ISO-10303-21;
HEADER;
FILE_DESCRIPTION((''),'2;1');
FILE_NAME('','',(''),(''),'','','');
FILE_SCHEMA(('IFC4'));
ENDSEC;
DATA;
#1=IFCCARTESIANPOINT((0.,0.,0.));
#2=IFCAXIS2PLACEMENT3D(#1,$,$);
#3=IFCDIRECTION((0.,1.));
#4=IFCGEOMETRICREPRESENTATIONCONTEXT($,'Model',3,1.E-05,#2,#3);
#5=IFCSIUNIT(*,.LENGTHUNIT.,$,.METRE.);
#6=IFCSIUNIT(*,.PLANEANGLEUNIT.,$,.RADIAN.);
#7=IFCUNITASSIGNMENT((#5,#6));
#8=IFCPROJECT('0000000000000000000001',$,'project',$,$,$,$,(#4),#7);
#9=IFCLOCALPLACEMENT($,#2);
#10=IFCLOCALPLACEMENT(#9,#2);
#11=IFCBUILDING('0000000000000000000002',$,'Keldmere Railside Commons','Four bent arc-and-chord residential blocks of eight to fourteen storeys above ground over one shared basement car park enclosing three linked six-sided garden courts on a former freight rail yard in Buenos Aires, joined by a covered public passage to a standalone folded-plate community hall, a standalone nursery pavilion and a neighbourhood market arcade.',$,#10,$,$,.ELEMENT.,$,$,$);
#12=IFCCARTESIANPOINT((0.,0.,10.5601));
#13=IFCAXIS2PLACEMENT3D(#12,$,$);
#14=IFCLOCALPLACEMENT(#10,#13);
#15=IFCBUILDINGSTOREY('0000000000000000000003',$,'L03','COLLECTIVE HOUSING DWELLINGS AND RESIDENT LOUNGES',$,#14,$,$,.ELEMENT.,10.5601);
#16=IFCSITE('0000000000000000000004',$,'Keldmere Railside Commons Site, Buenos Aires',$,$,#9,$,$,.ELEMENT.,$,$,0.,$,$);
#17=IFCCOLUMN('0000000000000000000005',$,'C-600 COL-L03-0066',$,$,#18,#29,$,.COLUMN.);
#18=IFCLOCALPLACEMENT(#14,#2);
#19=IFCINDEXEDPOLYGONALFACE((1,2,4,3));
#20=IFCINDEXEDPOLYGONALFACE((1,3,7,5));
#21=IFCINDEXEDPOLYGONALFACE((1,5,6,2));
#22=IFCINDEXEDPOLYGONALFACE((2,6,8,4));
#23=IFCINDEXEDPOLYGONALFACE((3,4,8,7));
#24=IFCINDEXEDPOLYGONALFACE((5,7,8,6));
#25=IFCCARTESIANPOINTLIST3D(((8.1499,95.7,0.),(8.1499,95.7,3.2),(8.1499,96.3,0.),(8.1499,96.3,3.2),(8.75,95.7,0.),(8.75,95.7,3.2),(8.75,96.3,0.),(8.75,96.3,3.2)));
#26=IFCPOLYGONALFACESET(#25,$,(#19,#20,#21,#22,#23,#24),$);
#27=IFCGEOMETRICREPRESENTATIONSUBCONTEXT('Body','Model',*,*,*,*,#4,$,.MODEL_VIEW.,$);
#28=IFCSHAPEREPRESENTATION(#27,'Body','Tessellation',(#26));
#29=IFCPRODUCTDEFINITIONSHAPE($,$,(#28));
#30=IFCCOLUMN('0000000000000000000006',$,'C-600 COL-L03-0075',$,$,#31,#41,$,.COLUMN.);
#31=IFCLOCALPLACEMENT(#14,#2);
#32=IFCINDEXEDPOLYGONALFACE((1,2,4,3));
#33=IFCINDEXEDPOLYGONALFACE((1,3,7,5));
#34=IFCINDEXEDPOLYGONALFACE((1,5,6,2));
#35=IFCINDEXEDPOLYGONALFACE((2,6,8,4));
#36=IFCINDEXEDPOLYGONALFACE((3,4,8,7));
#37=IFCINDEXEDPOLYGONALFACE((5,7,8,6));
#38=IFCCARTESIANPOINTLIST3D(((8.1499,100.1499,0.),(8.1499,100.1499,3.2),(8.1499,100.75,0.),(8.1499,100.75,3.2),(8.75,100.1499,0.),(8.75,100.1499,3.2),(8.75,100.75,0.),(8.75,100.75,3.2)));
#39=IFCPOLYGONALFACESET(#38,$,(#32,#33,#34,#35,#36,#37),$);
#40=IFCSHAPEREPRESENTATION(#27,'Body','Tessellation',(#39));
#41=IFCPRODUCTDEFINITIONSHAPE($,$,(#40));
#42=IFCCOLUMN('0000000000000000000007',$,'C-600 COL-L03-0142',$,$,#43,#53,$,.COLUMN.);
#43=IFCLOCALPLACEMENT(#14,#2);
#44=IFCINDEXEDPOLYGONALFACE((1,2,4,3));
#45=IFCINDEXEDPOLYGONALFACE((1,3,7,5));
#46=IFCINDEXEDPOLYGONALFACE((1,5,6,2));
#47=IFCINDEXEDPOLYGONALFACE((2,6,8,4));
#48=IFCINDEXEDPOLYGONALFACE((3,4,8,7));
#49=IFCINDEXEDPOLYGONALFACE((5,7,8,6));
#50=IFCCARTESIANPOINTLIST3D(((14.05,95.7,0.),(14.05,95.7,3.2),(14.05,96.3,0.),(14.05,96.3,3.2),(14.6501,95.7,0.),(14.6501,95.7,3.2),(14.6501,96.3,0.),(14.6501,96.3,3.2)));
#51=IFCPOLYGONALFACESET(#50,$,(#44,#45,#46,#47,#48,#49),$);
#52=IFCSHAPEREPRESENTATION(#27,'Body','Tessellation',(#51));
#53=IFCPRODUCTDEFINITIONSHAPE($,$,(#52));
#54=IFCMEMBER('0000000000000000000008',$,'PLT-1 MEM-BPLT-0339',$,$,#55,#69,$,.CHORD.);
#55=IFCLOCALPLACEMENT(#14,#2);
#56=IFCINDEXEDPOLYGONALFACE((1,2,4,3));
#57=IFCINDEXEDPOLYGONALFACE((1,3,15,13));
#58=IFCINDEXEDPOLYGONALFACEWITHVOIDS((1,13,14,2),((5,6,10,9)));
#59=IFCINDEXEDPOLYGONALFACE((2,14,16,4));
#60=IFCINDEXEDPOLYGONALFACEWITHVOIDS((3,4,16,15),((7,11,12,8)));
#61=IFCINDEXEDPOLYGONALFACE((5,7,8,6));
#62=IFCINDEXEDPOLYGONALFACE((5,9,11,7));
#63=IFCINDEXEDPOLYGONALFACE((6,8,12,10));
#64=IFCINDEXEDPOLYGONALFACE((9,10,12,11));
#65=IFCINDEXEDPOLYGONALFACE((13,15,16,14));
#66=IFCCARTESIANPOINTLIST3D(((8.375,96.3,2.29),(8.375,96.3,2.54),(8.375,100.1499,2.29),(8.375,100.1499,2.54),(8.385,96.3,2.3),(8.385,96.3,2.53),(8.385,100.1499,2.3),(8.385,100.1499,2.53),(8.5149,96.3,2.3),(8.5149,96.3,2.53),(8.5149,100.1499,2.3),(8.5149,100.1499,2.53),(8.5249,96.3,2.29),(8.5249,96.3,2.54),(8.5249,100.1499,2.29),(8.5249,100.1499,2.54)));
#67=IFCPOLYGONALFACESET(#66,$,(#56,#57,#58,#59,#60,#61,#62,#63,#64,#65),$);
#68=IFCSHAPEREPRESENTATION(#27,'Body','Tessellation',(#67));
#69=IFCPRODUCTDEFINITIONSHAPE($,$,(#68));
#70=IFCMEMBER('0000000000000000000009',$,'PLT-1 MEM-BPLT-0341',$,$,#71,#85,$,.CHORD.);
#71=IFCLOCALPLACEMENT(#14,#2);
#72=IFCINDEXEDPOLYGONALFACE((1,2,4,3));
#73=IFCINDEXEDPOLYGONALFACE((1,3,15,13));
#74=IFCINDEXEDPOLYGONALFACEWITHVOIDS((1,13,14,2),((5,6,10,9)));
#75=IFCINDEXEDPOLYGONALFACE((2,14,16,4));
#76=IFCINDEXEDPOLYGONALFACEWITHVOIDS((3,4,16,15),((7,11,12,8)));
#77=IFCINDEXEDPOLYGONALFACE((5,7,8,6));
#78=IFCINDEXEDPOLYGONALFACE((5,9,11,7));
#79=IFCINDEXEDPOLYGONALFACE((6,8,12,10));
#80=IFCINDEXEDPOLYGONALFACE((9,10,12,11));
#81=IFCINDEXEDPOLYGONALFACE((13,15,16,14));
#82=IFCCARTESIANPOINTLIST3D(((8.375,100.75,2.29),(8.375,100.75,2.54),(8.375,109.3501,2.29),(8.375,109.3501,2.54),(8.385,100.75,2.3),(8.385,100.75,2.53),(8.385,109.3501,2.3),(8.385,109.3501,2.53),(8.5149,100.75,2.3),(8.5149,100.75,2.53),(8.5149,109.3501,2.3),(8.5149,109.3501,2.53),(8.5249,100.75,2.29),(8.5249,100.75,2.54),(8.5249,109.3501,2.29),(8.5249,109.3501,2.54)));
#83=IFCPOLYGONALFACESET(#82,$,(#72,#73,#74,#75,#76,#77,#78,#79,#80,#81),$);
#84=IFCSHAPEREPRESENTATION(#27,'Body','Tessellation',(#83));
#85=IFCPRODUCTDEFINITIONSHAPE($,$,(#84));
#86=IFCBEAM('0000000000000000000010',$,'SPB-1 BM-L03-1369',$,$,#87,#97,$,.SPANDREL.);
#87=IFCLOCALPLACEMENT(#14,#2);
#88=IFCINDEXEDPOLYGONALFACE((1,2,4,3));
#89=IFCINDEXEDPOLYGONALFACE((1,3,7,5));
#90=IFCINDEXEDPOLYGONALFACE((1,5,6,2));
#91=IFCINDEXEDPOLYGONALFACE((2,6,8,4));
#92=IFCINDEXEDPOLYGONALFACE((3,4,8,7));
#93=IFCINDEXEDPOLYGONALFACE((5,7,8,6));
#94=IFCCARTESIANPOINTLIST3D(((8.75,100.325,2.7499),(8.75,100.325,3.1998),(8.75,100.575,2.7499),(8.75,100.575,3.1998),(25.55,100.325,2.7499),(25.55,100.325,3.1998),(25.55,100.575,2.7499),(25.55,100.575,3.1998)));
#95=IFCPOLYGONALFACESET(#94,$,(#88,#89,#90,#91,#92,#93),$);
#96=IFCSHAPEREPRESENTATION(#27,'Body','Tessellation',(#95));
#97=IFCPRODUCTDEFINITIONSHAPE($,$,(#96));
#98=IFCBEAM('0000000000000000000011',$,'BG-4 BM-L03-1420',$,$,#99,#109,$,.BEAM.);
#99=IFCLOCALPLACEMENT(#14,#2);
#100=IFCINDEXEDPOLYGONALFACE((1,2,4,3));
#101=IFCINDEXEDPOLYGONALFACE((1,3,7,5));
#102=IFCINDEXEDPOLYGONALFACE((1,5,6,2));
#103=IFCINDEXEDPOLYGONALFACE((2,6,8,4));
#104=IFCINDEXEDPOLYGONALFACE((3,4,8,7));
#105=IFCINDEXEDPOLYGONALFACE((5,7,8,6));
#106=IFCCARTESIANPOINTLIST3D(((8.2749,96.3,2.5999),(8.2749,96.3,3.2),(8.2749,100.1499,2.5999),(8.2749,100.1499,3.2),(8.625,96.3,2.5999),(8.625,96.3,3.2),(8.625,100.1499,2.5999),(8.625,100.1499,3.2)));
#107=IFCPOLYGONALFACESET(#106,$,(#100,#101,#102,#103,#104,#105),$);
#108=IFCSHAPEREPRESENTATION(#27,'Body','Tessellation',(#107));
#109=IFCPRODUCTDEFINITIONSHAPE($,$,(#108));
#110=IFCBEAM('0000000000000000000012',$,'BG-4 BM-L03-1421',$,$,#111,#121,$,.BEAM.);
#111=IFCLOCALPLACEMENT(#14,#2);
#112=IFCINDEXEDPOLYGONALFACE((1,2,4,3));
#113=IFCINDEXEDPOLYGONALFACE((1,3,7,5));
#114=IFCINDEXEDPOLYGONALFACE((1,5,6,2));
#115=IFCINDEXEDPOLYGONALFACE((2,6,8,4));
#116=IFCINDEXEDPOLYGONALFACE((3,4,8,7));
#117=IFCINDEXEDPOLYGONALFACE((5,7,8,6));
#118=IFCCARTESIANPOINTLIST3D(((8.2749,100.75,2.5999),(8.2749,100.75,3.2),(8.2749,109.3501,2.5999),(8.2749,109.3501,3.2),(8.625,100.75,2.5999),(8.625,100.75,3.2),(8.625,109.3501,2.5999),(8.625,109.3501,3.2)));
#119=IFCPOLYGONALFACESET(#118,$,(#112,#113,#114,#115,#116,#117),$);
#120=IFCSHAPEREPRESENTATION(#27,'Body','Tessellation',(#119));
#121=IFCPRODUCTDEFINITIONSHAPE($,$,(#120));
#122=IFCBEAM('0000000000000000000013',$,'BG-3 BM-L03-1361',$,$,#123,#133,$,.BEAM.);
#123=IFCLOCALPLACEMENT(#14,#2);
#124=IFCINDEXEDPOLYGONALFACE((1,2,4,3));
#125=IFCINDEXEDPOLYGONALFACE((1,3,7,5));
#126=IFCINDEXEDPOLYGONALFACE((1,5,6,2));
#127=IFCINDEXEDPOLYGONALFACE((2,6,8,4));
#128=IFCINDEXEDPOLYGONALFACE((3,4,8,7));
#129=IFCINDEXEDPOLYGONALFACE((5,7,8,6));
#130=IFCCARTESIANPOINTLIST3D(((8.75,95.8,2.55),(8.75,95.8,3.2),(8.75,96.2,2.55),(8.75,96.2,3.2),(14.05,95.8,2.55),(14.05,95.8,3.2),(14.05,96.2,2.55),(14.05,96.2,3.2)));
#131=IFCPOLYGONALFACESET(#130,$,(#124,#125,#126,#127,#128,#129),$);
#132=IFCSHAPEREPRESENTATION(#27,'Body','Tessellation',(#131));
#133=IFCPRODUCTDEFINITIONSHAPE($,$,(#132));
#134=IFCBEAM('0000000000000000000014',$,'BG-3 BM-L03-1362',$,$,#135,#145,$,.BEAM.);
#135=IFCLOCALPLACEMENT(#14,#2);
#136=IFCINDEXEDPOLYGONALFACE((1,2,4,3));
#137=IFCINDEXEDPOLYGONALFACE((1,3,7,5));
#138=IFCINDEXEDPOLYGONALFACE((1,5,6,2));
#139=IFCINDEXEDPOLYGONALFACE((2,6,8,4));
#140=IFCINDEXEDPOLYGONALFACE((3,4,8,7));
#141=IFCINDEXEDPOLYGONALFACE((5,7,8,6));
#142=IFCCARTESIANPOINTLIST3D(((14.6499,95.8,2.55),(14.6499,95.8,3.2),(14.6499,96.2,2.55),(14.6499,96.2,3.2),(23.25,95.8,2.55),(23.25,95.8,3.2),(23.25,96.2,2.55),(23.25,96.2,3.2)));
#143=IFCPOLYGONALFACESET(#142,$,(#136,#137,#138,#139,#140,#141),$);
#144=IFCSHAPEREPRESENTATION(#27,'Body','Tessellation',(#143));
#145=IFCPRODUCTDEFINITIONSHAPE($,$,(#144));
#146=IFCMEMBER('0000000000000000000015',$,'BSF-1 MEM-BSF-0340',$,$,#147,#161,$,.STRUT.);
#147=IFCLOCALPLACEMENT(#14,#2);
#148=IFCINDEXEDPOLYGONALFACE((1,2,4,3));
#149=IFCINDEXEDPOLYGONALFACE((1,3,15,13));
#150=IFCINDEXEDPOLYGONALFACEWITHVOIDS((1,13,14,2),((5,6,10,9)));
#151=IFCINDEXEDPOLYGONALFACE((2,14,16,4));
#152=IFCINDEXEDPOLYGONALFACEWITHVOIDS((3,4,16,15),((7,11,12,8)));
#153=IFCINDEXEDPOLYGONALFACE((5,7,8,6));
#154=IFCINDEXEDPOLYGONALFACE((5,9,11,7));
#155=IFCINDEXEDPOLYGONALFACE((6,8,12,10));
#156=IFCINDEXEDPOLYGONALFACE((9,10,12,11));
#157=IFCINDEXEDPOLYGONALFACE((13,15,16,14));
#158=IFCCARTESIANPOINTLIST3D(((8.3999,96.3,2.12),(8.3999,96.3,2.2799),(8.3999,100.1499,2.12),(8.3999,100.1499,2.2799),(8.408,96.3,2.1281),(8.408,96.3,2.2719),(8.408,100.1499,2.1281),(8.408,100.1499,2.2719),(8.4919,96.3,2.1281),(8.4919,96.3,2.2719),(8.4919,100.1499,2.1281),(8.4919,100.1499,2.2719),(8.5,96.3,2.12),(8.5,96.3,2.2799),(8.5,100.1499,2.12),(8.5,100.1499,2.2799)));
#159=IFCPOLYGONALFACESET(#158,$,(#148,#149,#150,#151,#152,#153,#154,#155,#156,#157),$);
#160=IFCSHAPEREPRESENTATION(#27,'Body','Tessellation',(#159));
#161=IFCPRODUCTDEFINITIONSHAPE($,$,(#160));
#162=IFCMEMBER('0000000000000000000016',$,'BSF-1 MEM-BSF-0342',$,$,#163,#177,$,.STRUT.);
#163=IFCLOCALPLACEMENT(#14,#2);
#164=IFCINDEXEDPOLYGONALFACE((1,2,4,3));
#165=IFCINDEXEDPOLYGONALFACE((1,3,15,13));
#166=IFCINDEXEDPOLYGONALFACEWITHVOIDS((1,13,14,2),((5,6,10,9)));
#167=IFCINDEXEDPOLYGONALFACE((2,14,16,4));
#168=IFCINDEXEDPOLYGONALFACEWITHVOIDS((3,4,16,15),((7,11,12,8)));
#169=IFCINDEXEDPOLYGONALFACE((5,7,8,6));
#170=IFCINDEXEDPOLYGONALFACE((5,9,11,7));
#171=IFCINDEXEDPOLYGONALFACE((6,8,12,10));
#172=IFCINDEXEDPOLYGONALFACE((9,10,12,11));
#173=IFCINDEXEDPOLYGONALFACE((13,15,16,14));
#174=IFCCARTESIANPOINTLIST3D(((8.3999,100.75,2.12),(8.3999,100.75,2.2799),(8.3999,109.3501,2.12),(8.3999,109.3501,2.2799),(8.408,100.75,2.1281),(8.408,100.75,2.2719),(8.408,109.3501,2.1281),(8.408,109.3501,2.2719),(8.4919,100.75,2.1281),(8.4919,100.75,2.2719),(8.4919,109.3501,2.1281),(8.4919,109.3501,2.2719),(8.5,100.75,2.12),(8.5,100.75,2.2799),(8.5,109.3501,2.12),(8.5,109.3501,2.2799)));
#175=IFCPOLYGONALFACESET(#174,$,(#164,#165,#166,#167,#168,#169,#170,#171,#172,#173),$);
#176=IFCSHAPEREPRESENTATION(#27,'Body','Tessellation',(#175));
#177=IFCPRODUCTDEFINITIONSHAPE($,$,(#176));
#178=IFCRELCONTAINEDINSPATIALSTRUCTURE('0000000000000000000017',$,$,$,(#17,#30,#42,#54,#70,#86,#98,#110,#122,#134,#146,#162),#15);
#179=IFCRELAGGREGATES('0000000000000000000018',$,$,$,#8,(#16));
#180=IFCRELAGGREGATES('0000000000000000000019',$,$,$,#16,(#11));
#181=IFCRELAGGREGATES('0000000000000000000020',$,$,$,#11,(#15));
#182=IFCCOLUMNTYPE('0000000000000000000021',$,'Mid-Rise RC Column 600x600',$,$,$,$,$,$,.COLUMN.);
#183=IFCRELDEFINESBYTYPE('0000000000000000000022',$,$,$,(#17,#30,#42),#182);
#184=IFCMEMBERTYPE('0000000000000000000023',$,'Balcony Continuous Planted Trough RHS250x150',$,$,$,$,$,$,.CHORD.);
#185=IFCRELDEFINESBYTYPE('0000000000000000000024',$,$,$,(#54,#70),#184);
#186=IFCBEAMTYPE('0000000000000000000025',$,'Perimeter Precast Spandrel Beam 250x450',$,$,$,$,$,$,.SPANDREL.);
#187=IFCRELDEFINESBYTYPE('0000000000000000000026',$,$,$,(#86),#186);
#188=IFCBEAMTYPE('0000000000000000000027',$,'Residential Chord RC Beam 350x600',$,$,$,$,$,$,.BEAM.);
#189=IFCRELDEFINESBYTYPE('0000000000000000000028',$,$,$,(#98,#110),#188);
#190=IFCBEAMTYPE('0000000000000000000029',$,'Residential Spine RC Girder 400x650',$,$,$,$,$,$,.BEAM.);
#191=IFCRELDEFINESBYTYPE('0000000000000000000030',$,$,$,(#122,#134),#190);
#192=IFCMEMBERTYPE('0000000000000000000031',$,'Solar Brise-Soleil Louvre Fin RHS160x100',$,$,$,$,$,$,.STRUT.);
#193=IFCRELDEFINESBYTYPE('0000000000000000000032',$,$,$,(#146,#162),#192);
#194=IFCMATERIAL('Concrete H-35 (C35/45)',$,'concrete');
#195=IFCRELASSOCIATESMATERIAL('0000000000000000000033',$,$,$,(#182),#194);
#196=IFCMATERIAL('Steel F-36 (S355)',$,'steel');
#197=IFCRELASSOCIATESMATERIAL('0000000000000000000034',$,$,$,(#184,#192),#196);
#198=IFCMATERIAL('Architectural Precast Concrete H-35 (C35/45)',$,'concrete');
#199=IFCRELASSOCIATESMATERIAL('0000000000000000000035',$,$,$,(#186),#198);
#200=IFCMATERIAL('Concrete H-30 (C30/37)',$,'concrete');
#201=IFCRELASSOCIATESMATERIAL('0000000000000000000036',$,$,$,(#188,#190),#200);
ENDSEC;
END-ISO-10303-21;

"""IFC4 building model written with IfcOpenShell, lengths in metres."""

from ifc_helpers import new_model, si_unit, direction, frame, origin, origin_2d, place, context, subcontext, project, spatial, rectangle, hollow_rectangle, extrude, material, material_profile, profile_set, type_object, element, save


model = new_model("IFC4")

# Units and contexts
model_context = context("Model", 3, precision=1e-05, world=origin(), true_north=direction((0.0, 1.0)))
body_context = subcontext(model_context, "Body", "Model", "MODEL_VIEW")
ifc_project = project(units=[si_unit("LENGTHUNIT", "METRE"), si_unit("PLANEANGLEUNIT", "RADIAN")], contexts=[model_context])

# Site, building, storey
site_placement = place(None, origin())
site = spatial("IfcSite", under=ifc_project, at=site_placement, Name="Keldmere Railside Commons Site, Buenos Aires", CompositionType="ELEMENT", RefElevation=0.0)
building_placement = place(site_placement, origin())
building = spatial("IfcBuilding", under=site, at=building_placement, Name="Keldmere Railside Commons", Description="Four bent arc-and-chord residential blocks of eight to fourteen storeys above ground over one shared basement car park enclosing three linked six-sided garden courts on a former freight rail yard in Buenos Aires, joined by a covered public passage to a standalone folded-plate community hall, a standalone nursery pavilion and a neighbourhood market arcade.", CompositionType="ELEMENT")
storey_placement = place(building_placement, frame((0.0, 0.0, 10.5601)))
storey = spatial("IfcBuildingStorey", under=building, at=storey_placement, Name="L03", Description="COLLECTIVE HOUSING DWELLINGS AND RESIDENT LOUNGES", CompositionType="ELEMENT", Elevation=10.5601)

# Columns
ifc_material_1 = material(Name="Concrete H-35 (C35/45)", Category="concrete")
ifc_material_profile_1 = material_profile(ifc_material_1, rectangle(XDim=0.6001, YDim=0.6001, at=origin_2d()), Name="RC-600x600")
ifc_profile_set_1 = profile_set([ifc_material_profile_1], Name="Concrete H-35 (C35/45)")
column_type = type_object("IfcColumnType", Name="Mid-Rise RC Column 600x600", PredefinedType="COLUMN", material=ifc_profile_set_1)
for number, where, z_axis, x_axis, name in (
    (1, (8.45, 96.0, 0.0), (0.0, 0.0, 1.0), (1.0, 0.0, 0.0), "C-600 COL-L03-0066"),
    (2, (8.45, 100.45, 0.0), (0.0, 0.0, 1.0), (1.0, 0.0, 0.0), "C-600 COL-L03-0075"),
    (3, (14.3501, 96.0, 0.0), (0.0, 0.0, 1.0), (1.0, 0.0, 0.0), "C-600 COL-L03-0142"),
):
    element("IfcColumn", number, at=place(storey_placement, frame(where, z_axis=z_axis, x_axis=x_axis)), inside=storey, type_object=column_type, Name=name, PredefinedType="COLUMN", context=body_context, shape_type="SweptSolid", body=[
        extrude(rectangle(XDim=0.6001, YDim=0.6001, at=origin_2d()), origin(), (0.0, 0.0, 1.0), 3.2),
    ])

# Members
ifc_material_2 = material(Name="Steel F-36 (S355)", Category="steel")
ifc_material_profile_2 = material_profile(ifc_material_2, hollow_rectangle(XDim=0.1499, YDim=0.25, WallThickness=0.01, at=origin_2d()), Name="RHS-250x150x10")
ifc_profile_set_2 = profile_set([ifc_material_profile_2], Name="Steel F-36 (S355)")
member_type_1 = type_object("IfcMemberType", Name="Balcony Continuous Planted Trough RHS250x150", PredefinedType="CHORD", material=ifc_profile_set_2)
member_1_placement = place(storey_placement, frame((8.45, 96.3, 2.415), z_axis=(0.0, 1.0, 0.0), x_axis=(-1.0, 0.0, 0.0)))
element("IfcMember", 4, at=member_1_placement, inside=storey, type_object=member_type_1, Name="PLT-1 MEM-BPLT-0339", PredefinedType="CHORD", context=body_context, shape_type="SweptSolid", body=[
    extrude(hollow_rectangle(XDim=0.1499, YDim=0.25, WallThickness=0.01, at=origin_2d()), origin(), (0.0, 0.0, 1.0), 3.8499),
])
member_2_placement = place(storey_placement, frame((8.45, 100.75, 2.415), z_axis=(0.0, 1.0, 0.0), x_axis=(-1.0, 0.0, 0.0)))
element("IfcMember", 5, at=member_2_placement, inside=storey, type_object=member_type_1, Name="PLT-1 MEM-BPLT-0341", PredefinedType="CHORD", context=body_context, shape_type="SweptSolid", body=[
    extrude(hollow_rectangle(XDim=0.1499, YDim=0.25, WallThickness=0.01, at=origin_2d()), origin(), (0.0, 0.0, 1.0), 8.6001),
])

# Beams
ifc_material_3 = material(Name="Architectural Precast Concrete H-35 (C35/45)", Category="concrete")
ifc_material_profile_3 = material_profile(ifc_material_3, rectangle(XDim=0.25, YDim=0.45, at=origin_2d()), Name="RC-250x450")
ifc_profile_set_3 = profile_set([ifc_material_profile_3], Name="Architectural Precast Concrete H-35 (C35/45)")
beam_type_1 = type_object("IfcBeamType", Name="Perimeter Precast Spandrel Beam 250x450", PredefinedType="SPANDREL", material=ifc_profile_set_3)
beam_1_placement = place(storey_placement, frame((8.75, 100.45, 2.9749), z_axis=(1.0, 0.0, 0.0), x_axis=(0.0, 1.0, 0.0)))
element("IfcBeam", 6, at=beam_1_placement, inside=storey, type_object=beam_type_1, Name="SPB-1 BM-L03-1369", PredefinedType="SPANDREL", context=body_context, shape_type="SweptSolid", body=[
    extrude(rectangle(XDim=0.25, YDim=0.45, at=origin_2d()), origin(), (0.0, 0.0, 1.0), 16.8),
])
ifc_material_4 = material(Name="Concrete H-30 (C30/37)", Category="concrete")
ifc_material_profile_4 = material_profile(ifc_material_4, rectangle(XDim=0.3501, YDim=0.6001, at=origin_2d()), Name="RC-350x600")
ifc_profile_set_4 = profile_set([ifc_material_profile_4], Name="Concrete H-30 (C30/37)")
beam_type_2 = type_object("IfcBeamType", Name="Residential Chord RC Beam 350x600", PredefinedType="BEAM", material=ifc_profile_set_4)
beam_2_placement = place(storey_placement, frame((8.45, 96.3, 2.8999), z_axis=(0.0, 1.0, 0.0), x_axis=(-1.0, 0.0, 0.0)))
element("IfcBeam", 7, at=beam_2_placement, inside=storey, type_object=beam_type_2, Name="BG-4 BM-L03-1420", PredefinedType="BEAM", context=body_context, shape_type="SweptSolid", body=[
    extrude(rectangle(XDim=0.3501, YDim=0.6001, at=origin_2d()), origin(), (0.0, 0.0, 1.0), 3.8499),
])
beam_3_placement = place(storey_placement, frame((8.45, 100.75, 2.8999), z_axis=(0.0, 1.0, 0.0), x_axis=(-1.0, 0.0, 0.0)))
element("IfcBeam", 8, at=beam_3_placement, inside=storey, type_object=beam_type_2, Name="BG-4 BM-L03-1421", PredefinedType="BEAM", context=body_context, shape_type="SweptSolid", body=[
    extrude(rectangle(XDim=0.3501, YDim=0.6001, at=origin_2d()), origin(), (0.0, 0.0, 1.0), 8.6001),
])
ifc_material_profile_5 = material_profile(ifc_material_4, rectangle(XDim=0.3999, YDim=0.6499, at=origin_2d()), Name="RC-400x650")
ifc_profile_set_5 = profile_set([ifc_material_profile_5], Name="Concrete H-30 (C30/37)")
beam_type_3 = type_object("IfcBeamType", Name="Residential Spine RC Girder 400x650", PredefinedType="BEAM", material=ifc_profile_set_5)
beam_4_placement = place(storey_placement, frame((8.75, 96.0, 2.875), z_axis=(1.0, 0.0, 0.0), x_axis=(0.0, 1.0, 0.0)))
element("IfcBeam", 9, at=beam_4_placement, inside=storey, type_object=beam_type_3, Name="BG-3 BM-L03-1361", PredefinedType="BEAM", context=body_context, shape_type="SweptSolid", body=[
    extrude(rectangle(XDim=0.3999, YDim=0.6499, at=origin_2d()), origin(), (0.0, 0.0, 1.0), 5.3),
])
beam_5_placement = place(storey_placement, frame((14.6499, 96.0, 2.875), z_axis=(1.0, 0.0, 0.0), x_axis=(0.0, 1.0, 0.0)))
element("IfcBeam", 10, at=beam_5_placement, inside=storey, type_object=beam_type_3, Name="BG-3 BM-L03-1362", PredefinedType="BEAM", context=body_context, shape_type="SweptSolid", body=[
    extrude(rectangle(XDim=0.3999, YDim=0.6499, at=origin_2d()), origin(), (0.0, 0.0, 1.0), 8.6001),
])

# Members
ifc_material_profile_6 = material_profile(ifc_material_2, hollow_rectangle(XDim=0.1001, YDim=0.1599, WallThickness=0.0081, at=origin_2d()), Name="RHS-160x100x8")
ifc_profile_set_6 = profile_set([ifc_material_profile_6], Name="Steel F-36 (S355)")
member_type_2 = type_object("IfcMemberType", Name="Solar Brise-Soleil Louvre Fin RHS160x100", PredefinedType="STRUT", material=ifc_profile_set_6)
member_3_placement = place(storey_placement, frame((8.45, 96.3, 2.2), z_axis=(0.0, 1.0, 0.0), x_axis=(-1.0, 0.0, 0.0)))
element("IfcMember", 11, at=member_3_placement, inside=storey, type_object=member_type_2, Name="BSF-1 MEM-BSF-0340", PredefinedType="STRUT", context=body_context, shape_type="SweptSolid", body=[
    extrude(hollow_rectangle(XDim=0.1001, YDim=0.1599, WallThickness=0.0081, at=origin_2d()), origin(), (0.0, 0.0, 1.0), 3.8499),
])
member_4_placement = place(storey_placement, frame((8.45, 100.75, 2.2), z_axis=(0.0, 1.0, 0.0), x_axis=(-1.0, 0.0, 0.0)))
element("IfcMember", 12, at=member_4_placement, inside=storey, type_object=member_type_2, Name="BSF-1 MEM-BSF-0342", PredefinedType="STRUT", context=body_context, shape_type="SweptSolid", body=[
    extrude(hollow_rectangle(XDim=0.1001, YDim=0.1599, WallThickness=0.0081, at=origin_2d()), origin(), (0.0, 0.0, 1.0), 8.6001),
])

save(model, "model.ifc")
